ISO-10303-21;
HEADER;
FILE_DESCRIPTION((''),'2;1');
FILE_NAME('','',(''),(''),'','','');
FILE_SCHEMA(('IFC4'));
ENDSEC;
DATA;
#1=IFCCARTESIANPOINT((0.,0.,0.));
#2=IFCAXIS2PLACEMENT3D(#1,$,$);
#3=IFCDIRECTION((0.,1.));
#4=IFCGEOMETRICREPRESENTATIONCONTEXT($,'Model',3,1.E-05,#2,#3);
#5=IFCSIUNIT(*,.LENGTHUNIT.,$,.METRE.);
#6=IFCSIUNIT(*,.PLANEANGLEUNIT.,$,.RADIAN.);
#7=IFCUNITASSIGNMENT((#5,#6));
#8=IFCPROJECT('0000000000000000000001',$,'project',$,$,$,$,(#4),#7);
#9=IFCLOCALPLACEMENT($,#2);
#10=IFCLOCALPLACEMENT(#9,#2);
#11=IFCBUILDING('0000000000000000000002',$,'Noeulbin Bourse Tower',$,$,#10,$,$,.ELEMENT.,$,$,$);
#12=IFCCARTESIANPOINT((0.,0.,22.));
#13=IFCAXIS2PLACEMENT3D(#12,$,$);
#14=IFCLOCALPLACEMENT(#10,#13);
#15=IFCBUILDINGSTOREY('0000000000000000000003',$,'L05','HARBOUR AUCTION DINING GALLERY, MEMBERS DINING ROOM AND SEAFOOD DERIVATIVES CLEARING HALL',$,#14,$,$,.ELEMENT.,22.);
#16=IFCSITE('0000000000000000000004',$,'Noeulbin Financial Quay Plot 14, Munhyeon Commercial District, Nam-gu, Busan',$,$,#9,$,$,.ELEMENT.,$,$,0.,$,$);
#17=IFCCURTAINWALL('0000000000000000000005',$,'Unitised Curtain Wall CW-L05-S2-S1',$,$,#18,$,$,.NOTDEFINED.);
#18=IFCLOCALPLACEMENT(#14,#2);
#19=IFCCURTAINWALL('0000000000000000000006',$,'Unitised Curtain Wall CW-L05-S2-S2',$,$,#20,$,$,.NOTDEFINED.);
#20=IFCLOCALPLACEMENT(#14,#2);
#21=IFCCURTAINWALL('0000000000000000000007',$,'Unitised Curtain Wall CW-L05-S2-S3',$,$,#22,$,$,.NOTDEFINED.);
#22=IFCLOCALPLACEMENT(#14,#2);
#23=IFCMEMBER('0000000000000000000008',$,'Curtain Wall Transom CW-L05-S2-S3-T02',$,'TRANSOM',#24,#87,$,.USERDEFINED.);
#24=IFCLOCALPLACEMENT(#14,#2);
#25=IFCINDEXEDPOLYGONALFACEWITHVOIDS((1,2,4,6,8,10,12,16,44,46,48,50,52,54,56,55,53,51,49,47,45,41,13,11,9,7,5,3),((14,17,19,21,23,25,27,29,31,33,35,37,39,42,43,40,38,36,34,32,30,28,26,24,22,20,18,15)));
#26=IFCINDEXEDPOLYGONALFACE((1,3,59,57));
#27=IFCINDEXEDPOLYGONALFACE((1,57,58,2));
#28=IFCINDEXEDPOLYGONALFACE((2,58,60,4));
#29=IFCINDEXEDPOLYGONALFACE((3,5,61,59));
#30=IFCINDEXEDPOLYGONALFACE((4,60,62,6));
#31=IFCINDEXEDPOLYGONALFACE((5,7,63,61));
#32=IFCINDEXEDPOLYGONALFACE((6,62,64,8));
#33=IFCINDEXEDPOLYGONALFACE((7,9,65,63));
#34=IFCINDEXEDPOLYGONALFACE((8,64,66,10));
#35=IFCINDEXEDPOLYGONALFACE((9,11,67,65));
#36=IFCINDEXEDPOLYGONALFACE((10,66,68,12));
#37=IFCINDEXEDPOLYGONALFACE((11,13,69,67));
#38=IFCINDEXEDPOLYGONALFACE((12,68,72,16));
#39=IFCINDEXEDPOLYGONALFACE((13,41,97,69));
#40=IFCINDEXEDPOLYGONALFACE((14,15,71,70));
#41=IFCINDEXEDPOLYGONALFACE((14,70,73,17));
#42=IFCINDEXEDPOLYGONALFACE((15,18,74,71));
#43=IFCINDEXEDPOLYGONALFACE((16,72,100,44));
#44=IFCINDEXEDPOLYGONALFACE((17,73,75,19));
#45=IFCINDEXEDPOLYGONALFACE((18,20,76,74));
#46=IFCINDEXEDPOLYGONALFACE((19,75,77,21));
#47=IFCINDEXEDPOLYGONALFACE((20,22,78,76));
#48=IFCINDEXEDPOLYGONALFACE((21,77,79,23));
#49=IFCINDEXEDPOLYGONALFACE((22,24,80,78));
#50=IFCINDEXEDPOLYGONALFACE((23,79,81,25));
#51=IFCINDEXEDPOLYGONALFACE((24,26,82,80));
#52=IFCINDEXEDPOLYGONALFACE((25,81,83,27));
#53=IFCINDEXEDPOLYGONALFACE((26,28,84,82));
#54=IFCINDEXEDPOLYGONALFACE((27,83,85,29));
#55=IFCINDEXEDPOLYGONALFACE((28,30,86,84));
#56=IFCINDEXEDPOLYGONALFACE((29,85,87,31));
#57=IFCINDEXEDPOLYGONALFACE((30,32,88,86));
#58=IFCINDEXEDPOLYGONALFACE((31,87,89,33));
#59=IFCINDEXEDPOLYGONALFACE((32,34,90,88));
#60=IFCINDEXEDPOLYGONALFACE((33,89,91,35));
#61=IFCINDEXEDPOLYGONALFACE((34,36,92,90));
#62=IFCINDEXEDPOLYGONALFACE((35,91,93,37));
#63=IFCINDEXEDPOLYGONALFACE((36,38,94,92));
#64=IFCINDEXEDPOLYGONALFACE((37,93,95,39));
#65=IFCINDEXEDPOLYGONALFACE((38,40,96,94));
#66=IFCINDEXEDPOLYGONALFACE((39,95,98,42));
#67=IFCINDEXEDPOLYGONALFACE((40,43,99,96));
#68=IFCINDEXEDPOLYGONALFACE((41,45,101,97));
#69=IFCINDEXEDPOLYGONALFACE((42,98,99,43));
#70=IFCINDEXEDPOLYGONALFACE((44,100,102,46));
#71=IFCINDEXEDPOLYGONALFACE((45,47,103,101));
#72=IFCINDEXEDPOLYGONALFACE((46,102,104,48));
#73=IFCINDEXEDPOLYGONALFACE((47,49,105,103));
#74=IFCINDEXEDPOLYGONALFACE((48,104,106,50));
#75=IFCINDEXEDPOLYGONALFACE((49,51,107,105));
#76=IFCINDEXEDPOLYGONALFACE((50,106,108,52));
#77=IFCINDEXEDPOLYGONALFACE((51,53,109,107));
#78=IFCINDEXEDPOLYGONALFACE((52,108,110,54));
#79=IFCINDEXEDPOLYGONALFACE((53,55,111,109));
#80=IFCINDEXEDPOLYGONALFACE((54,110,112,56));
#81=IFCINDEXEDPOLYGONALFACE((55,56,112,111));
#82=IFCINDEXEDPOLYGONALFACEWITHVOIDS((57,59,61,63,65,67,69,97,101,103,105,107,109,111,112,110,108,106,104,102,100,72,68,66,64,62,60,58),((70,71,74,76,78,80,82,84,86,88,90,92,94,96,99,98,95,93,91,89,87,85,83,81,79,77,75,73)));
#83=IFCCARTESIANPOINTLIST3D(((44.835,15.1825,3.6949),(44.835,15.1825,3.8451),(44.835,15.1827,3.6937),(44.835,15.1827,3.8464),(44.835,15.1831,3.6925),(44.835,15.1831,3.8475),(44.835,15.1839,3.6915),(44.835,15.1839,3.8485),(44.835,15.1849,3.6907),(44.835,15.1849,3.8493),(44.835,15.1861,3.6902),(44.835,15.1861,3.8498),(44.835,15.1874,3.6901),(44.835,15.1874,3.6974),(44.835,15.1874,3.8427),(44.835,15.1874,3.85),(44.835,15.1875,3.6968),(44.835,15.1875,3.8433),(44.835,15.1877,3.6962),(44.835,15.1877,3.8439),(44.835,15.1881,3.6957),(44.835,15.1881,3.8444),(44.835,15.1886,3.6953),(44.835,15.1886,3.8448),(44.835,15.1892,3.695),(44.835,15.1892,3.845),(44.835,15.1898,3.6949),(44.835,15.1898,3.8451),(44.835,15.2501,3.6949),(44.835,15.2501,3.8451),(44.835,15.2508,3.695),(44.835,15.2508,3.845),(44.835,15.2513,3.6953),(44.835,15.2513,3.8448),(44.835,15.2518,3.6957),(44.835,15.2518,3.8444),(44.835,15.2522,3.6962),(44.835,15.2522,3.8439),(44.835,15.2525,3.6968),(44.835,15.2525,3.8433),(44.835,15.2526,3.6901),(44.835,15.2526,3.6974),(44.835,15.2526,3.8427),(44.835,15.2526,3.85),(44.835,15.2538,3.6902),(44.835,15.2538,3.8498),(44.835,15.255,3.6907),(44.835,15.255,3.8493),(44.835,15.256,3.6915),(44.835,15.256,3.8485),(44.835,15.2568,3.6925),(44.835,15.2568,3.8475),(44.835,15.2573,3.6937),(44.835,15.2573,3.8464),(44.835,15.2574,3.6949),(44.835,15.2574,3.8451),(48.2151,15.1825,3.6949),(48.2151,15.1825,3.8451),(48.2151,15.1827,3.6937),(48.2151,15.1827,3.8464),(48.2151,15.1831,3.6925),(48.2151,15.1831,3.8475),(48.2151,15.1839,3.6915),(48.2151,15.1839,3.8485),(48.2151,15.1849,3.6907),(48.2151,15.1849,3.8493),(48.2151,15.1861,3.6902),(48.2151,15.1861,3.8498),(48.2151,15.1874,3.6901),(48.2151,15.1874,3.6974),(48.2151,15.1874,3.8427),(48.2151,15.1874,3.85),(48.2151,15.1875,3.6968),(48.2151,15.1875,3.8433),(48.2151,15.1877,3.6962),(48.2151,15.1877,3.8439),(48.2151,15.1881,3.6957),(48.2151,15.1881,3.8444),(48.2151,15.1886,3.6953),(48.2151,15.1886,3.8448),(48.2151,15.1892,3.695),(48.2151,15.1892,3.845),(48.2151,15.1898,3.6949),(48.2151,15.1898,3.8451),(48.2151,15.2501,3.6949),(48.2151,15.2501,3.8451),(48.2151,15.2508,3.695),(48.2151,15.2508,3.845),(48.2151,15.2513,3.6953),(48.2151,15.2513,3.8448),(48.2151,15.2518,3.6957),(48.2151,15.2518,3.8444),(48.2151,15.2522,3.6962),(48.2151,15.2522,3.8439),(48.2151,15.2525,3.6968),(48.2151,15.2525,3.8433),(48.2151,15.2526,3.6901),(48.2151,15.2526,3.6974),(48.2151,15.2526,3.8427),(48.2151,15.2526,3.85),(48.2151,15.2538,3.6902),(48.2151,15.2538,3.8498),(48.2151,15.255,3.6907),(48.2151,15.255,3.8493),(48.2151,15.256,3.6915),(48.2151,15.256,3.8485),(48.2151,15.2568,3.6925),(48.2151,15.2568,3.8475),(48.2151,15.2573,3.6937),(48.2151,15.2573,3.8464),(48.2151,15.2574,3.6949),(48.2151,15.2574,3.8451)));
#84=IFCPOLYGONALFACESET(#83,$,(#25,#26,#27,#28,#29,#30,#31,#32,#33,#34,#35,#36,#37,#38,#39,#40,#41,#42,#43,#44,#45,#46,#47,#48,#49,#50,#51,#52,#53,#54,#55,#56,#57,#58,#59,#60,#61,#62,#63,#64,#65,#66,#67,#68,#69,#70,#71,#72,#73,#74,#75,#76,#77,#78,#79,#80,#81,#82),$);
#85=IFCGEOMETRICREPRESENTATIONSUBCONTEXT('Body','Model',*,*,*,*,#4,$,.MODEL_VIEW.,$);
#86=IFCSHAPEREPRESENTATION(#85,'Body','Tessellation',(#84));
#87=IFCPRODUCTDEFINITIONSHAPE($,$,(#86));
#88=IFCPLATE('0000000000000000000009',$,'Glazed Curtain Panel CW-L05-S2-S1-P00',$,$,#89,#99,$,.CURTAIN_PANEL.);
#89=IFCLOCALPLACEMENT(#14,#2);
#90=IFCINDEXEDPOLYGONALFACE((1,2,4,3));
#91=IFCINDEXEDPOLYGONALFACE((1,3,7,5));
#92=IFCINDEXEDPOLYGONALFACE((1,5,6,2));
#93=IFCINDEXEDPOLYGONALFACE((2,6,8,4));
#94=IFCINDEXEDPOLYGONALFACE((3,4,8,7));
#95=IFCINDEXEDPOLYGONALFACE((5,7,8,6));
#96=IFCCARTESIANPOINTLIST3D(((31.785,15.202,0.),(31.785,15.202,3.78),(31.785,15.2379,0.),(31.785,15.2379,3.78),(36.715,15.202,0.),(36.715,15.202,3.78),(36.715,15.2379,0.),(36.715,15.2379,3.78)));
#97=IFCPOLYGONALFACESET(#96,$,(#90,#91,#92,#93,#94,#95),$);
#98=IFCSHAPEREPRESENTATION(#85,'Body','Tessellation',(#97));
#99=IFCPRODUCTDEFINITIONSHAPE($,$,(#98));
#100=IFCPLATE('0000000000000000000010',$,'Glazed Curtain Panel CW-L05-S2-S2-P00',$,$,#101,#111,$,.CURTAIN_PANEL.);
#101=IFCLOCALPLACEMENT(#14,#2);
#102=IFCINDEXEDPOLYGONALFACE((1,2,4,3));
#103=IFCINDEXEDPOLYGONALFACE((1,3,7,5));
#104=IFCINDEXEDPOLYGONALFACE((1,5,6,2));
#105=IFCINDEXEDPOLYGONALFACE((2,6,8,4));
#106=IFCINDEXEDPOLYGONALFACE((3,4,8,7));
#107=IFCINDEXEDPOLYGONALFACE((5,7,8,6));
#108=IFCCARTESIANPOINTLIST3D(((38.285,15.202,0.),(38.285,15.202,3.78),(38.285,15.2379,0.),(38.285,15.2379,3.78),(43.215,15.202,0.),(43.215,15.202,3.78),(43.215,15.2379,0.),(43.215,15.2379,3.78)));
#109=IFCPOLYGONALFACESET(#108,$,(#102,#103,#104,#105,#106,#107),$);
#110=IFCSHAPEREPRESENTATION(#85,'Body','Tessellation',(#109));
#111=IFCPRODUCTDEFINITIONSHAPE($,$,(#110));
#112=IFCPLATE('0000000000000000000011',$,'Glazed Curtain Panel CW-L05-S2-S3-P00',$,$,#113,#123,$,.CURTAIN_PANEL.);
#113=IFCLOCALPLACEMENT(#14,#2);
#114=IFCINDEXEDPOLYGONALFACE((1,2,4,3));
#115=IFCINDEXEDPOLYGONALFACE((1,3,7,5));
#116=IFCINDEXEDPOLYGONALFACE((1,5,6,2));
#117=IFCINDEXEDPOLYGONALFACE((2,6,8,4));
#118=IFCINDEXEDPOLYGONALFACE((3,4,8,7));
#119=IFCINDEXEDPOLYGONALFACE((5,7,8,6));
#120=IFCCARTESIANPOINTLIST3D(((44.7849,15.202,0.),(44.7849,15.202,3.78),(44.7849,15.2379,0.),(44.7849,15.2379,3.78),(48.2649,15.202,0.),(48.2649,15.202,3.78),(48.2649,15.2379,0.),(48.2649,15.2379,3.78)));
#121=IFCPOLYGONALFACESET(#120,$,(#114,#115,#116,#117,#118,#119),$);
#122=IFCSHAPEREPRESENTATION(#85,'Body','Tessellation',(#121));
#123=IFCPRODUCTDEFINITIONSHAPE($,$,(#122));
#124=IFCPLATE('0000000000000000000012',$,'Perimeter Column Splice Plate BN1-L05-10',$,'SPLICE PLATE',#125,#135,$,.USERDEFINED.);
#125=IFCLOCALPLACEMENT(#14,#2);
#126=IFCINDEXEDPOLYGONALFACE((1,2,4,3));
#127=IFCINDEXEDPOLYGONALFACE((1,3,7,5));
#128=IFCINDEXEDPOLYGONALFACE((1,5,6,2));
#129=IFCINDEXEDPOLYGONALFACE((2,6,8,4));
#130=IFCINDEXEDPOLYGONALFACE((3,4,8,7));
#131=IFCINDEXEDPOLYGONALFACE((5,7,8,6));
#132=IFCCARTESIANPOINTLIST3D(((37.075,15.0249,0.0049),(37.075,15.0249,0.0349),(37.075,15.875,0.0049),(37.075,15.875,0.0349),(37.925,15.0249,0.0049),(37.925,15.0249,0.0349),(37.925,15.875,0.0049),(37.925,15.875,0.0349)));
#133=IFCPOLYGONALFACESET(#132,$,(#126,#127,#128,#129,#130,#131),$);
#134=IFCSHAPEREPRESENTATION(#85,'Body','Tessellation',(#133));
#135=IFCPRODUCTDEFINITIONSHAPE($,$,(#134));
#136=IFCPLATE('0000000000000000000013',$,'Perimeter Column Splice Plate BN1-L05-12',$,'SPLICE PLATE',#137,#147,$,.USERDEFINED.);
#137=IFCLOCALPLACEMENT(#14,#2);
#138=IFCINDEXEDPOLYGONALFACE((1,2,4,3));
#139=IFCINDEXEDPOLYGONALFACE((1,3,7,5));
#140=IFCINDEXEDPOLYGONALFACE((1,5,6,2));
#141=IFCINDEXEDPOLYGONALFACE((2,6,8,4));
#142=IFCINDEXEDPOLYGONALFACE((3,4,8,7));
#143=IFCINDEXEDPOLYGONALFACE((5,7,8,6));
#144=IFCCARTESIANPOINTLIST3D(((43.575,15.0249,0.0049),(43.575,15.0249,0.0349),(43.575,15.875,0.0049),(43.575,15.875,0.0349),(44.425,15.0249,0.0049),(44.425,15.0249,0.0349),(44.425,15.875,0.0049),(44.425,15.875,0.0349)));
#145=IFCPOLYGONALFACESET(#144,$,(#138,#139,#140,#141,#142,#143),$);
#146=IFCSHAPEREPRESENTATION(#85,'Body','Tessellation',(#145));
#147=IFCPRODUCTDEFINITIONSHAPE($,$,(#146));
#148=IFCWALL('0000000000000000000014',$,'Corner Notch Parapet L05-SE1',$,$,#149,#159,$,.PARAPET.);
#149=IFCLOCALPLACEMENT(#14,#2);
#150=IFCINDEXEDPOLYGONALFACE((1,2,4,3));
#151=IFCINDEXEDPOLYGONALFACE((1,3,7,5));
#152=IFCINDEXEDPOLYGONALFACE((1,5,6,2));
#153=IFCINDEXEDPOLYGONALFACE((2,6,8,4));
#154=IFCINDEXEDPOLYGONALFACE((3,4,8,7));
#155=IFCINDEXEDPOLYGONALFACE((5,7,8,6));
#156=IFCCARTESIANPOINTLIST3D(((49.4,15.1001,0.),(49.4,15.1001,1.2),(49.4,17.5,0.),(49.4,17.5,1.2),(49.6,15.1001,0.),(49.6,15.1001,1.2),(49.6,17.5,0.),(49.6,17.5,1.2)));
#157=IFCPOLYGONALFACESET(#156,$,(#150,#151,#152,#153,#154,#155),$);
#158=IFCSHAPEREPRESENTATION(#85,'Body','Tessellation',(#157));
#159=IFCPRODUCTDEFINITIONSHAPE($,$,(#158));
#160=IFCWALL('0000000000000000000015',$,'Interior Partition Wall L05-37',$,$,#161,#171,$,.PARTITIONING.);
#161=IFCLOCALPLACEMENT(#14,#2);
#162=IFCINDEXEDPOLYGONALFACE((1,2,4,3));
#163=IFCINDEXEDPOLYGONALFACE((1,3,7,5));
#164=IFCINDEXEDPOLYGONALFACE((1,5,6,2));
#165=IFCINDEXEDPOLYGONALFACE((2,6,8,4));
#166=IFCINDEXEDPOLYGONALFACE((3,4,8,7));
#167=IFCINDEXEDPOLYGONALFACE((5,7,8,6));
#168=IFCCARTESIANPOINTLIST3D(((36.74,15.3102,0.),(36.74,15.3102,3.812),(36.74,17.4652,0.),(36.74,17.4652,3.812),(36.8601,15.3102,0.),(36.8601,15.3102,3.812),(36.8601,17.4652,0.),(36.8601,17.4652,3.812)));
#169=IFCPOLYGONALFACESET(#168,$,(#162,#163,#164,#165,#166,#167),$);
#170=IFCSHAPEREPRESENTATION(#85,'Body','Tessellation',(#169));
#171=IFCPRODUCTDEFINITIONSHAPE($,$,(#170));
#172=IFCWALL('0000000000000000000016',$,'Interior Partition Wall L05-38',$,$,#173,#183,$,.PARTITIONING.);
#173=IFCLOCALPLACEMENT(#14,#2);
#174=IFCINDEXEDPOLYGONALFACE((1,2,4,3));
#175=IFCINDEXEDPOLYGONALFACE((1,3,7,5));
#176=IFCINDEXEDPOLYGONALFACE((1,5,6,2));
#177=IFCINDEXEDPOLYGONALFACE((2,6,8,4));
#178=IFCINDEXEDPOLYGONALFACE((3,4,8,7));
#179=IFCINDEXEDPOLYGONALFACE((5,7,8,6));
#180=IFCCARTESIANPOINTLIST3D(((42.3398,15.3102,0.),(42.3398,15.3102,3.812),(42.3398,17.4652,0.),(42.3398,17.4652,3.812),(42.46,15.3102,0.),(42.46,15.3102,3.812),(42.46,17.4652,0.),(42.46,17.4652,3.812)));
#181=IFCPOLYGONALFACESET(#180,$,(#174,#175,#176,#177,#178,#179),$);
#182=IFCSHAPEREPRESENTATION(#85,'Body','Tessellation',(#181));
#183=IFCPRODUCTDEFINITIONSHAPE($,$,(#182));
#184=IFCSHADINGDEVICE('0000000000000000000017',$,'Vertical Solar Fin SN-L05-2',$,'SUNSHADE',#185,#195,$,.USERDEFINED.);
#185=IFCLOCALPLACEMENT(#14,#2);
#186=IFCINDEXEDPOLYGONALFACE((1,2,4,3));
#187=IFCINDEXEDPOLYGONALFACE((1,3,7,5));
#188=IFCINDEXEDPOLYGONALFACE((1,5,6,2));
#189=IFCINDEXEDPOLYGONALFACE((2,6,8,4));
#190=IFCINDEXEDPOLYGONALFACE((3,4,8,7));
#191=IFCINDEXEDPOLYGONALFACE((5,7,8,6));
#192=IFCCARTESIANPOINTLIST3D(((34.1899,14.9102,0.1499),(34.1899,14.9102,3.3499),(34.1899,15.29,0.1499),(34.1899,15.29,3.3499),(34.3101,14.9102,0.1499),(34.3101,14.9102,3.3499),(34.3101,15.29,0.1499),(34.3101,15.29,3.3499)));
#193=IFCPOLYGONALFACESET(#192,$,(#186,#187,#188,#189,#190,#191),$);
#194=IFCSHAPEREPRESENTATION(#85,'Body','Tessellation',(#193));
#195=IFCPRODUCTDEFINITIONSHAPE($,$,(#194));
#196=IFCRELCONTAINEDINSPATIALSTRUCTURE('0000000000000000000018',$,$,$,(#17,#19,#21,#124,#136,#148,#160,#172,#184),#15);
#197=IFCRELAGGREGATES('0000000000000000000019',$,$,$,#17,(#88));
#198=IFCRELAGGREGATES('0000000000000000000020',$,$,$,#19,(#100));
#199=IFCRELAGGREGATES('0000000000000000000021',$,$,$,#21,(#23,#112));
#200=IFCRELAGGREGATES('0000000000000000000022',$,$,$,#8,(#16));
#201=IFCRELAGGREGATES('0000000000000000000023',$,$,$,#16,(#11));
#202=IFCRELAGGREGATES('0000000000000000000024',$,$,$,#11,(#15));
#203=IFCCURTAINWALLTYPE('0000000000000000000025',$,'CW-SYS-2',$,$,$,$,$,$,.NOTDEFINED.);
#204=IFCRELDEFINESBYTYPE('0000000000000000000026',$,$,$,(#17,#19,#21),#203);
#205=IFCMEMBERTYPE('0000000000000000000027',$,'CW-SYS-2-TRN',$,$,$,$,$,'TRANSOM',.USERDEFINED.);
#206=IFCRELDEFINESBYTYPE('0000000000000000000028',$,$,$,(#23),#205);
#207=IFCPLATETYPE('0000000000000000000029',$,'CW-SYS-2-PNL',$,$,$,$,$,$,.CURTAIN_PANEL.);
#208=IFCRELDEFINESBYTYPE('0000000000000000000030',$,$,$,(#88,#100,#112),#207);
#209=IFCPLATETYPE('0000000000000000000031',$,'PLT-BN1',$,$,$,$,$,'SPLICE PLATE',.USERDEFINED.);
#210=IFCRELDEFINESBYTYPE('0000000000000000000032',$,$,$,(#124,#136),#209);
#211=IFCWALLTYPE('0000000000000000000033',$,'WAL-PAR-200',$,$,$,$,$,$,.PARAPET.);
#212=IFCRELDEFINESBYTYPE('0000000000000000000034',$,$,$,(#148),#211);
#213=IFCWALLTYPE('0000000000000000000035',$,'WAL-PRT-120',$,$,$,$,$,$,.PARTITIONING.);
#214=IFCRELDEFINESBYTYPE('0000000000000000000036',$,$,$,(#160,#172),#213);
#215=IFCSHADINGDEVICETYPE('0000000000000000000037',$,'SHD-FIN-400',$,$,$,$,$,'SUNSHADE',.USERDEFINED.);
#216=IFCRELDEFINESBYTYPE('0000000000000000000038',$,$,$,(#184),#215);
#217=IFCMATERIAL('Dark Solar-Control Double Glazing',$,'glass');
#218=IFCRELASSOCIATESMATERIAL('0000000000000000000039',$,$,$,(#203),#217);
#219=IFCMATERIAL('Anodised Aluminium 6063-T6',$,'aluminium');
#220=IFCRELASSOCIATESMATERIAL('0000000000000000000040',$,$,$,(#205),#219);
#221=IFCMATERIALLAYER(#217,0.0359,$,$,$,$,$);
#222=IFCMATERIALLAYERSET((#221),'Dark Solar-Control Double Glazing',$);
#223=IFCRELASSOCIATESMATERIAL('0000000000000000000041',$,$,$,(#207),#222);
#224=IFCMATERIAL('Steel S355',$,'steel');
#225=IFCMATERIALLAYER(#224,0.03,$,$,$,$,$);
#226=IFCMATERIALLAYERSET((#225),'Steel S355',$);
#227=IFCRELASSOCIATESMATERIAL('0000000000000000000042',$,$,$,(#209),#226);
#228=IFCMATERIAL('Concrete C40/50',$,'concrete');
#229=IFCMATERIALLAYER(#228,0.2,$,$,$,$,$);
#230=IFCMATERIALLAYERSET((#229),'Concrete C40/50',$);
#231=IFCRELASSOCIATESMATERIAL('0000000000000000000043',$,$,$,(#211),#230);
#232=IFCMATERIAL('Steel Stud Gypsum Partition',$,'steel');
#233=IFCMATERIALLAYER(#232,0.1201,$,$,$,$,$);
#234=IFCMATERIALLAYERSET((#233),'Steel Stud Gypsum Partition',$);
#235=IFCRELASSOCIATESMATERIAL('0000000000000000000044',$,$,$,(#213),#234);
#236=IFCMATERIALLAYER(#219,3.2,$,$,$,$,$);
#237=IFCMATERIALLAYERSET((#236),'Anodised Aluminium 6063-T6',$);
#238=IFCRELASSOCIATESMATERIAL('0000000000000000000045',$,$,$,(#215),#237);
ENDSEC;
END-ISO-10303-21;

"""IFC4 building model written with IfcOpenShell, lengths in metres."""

from ifc_helpers import new_model, si_unit, direction, frame, frame_2d, origin, origin_2d, place, context, subcontext, project, spatial, rectangle, hollow_rectangle, extrude, material, layer, layer_set, material_profile, profile_set, type_object, element, aggregate, save


model = new_model("IFC4")

# Units and contexts
model_context = context("Model", 3, precision=1e-05, world=origin(), true_north=direction((0.0, 1.0)))
body_context = subcontext(model_context, "Body", "Model", "MODEL_VIEW")
ifc_project = project(units=[si_unit("LENGTHUNIT", "METRE"), si_unit("PLANEANGLEUNIT", "RADIAN")], contexts=[model_context])

# Site, building, storey
site_placement = place(None, origin())
site = spatial("IfcSite", under=ifc_project, at=site_placement, Name="Noeulbin Financial Quay Plot 14, Munhyeon Commercial District, Nam-gu, Busan", CompositionType="ELEMENT", RefElevation=0.0)
building_placement = place(site_placement, origin())
building = spatial("IfcBuilding", under=site, at=building_placement, Name="Noeulbin Bourse Tower", CompositionType="ELEMENT")
storey_placement = place(building_placement, frame((0.0, 0.0, 22.0)))
storey = spatial("IfcBuildingStorey", under=building, at=storey_placement, Name="L05", Description="HARBOUR AUCTION DINING GALLERY, MEMBERS DINING ROOM AND SEAFOOD DERIVATIVES CLEARING HALL", CompositionType="ELEMENT", Elevation=22.0)

# Shared definitions
ifc_material_1 = material(Name="Steel S355", Category="steel")

# Curtain wall
ifc_material_2 = material(Name="Dark Solar-Control Double Glazing", Category="glass")
curtain_wall_type = type_object("IfcCurtainWallType", Name="CW-SYS-2", PredefinedType="NOTDEFINED", material=ifc_material_2)
curtain_wall_1_placement = place(storey_placement, origin())
curtain_wall_1 = element("IfcCurtainWall", 1, at=curtain_wall_1_placement, inside=storey, type_object=curtain_wall_type, Name="Unitised Curtain Wall CW-L05-S2-S1", PredefinedType="NOTDEFINED")
ifc_material_3 = material(Name="Anodised Aluminium 6063-T6", Category="aluminium")

# Curtain walls
curtain_wall_2_placement = place(storey_placement, origin())
curtain_wall_2 = element("IfcCurtainWall", 2, at=curtain_wall_2_placement, inside=storey, type_object=curtain_wall_type, Name="Unitised Curtain Wall CW-L05-S2-S2", PredefinedType="NOTDEFINED")
curtain_wall_3_placement = place(storey_placement, origin())
curtain_wall_3 = element("IfcCurtainWall", 3, at=curtain_wall_3_placement, inside=storey, type_object=curtain_wall_type, Name="Unitised Curtain Wall CW-L05-S2-S3", PredefinedType="NOTDEFINED")

# Member
ifc_material_profile_1 = material_profile(ifc_material_3, hollow_rectangle(XDim=0.075, YDim=0.1599, WallThickness=0.0049, InnerFilletRadius=0.0024, OuterFilletRadius=0.0049, at=origin_2d()), Name="ALU-TRAN-75x160x5", Category="LoadBearing")
ifc_profile_set_1 = profile_set([ifc_material_profile_1], Name="Anodised Aluminium 6063-T6")
member_type_1 = type_object("IfcMemberType", Name="CW-SYS-2-TRN", ElementType="TRANSOM", PredefinedType="USERDEFINED", material=ifc_profile_set_1)
member_1_placement = place(storey_placement, frame((44.835, 15.22, 3.77), z_axis=(1.0, 0.0, 0.0), x_axis=(0.0, 1.0, 0.0)))
member_1 = element("IfcMember", 4, at=member_1_placement, type_object=member_type_1, Name="Curtain Wall Transom CW-L05-S2-S3-T02", ObjectType="TRANSOM", PredefinedType="USERDEFINED", context=body_context, shape_type="SweptSolid", body=[
    extrude(hollow_rectangle(XDim=0.075, YDim=0.1599, WallThickness=0.0049, InnerFilletRadius=0.0024, OuterFilletRadius=0.0049, at=origin_2d()), origin(), (0.0, 0.0, 1.0), 3.3801),
])

# Plates
ifc_layer_1 = layer(ifc_material_2, 0.0359)
ifc_layer_set_1 = layer_set([ifc_layer_1], Name="Dark Solar-Control Double Glazing")
plate_type_1 = type_object("IfcPlateType", Name="CW-SYS-2-PNL", PredefinedType="CURTAIN_PANEL", material=ifc_layer_set_1)
plate_1_placement = place(storey_placement, frame((34.25, 15.22, 0.0), z_axis=(0.0, 0.0, 1.0), x_axis=(1.0, 0.0, 0.0)))
plate_1 = element("IfcPlate", 5, at=plate_1_placement, type_object=plate_type_1, Name="Glazed Curtain Panel CW-L05-S2-S1-P00", PredefinedType="CURTAIN_PANEL", context=body_context, shape_type="SweptSolid", body=[
    extrude(rectangle(XDim=4.9299, YDim=0.0359, at=origin_2d()), origin(), (0.0, 0.0, 1.0), 3.78),
])
aggregate(curtain_wall_1, [plate_1])
plate_2_placement = place(storey_placement, frame((40.75, 15.22, 0.0), z_axis=(0.0, 0.0, 1.0), x_axis=(1.0, 0.0, 0.0)))
plate_2 = element("IfcPlate", 6, at=plate_2_placement, type_object=plate_type_1, Name="Glazed Curtain Panel CW-L05-S2-S2-P00", PredefinedType="CURTAIN_PANEL", context=body_context, shape_type="SweptSolid", body=[
    extrude(rectangle(XDim=4.9299, YDim=0.0359, at=origin_2d()), origin(), (0.0, 0.0, 1.0), 3.78),
])
aggregate(curtain_wall_2, [plate_2])
plate_3_placement = place(storey_placement, frame((46.5249, 15.22, 0.0), z_axis=(0.0, 0.0, 1.0), x_axis=(1.0, 0.0, 0.0)))
plate_3 = element("IfcPlate", 7, at=plate_3_placement, type_object=plate_type_1, Name="Glazed Curtain Panel CW-L05-S2-S3-P00", PredefinedType="CURTAIN_PANEL", context=body_context, shape_type="SweptSolid", body=[
    extrude(rectangle(XDim=3.48, YDim=0.0359, at=origin_2d()), origin(), (0.0, 0.0, 1.0), 3.78),
])
aggregate(curtain_wall_3, [member_1, plate_3])

# Plates
ifc_layer_2 = layer(ifc_material_1, 0.03)
ifc_layer_set_2 = layer_set([ifc_layer_2], Name="Steel S355")
plate_type_2 = type_object("IfcPlateType", Name="PLT-BN1", ElementType="SPLICE PLATE", PredefinedType="USERDEFINED", material=ifc_layer_set_2)
for number, where, z_axis, x_axis, name in (
    (8, (37.5, 15.45, 0.0049), (0.0, 0.0, 1.0), (1.0, 0.0, 0.0), "Perimeter Column Splice Plate BN1-L05-10"),
    (9, (44.0, 15.45, 0.0049), (0.0, 0.0, 1.0), (1.0, 0.0, 0.0), "Perimeter Column Splice Plate BN1-L05-12"),
):
    element("IfcPlate", number, at=place(storey_placement, frame(where, z_axis=z_axis, x_axis=x_axis)), inside=storey, type_object=plate_type_2, Name=name, ObjectType="SPLICE PLATE", PredefinedType="USERDEFINED", context=body_context, shape_type="SweptSolid", body=[
        extrude(rectangle(XDim=0.8501, YDim=0.8501, at=origin_2d()), origin(), (0.0, 0.0, 1.0), 0.03),
    ])

# Walls
ifc_material_4 = material(Name="Concrete C40/50", Category="concrete")
ifc_layer_3 = layer(ifc_material_4, 0.2)
ifc_layer_set_3 = layer_set([ifc_layer_3], Name="Concrete C40/50")
wall_type_1 = type_object("IfcWallType", Name="WAL-PAR-200", PredefinedType="PARAPET", material=ifc_layer_set_3)
wall_placement = place(storey_placement, frame((49.5, 15.1001, 0.0), z_axis=(0.0, 0.0, 1.0), x_axis=(0.0, 1.0, 0.0)))
element("IfcWall", 10, at=wall_placement, inside=storey, type_object=wall_type_1, Name="Corner Notch Parapet L05-SE1", PredefinedType="PARAPET", context=body_context, shape_type="SweptSolid", body=[
    extrude(rectangle(XDim=2.3999, YDim=0.2, at=frame_2d((1.2, 0.0))), origin(), (0.0, 0.0, 1.0), 1.2),
])
ifc_material_5 = material(Name="Steel Stud Gypsum Partition", Category="steel")
ifc_layer_4 = layer(ifc_material_5, 0.1201)
ifc_layer_set_4 = layer_set([ifc_layer_4], Name="Steel Stud Gypsum Partition")
wall_type_2 = type_object("IfcWallType", Name="WAL-PRT-120", PredefinedType="PARTITIONING", material=ifc_layer_set_4)
for number, where, z_axis, x_axis, name in (
    (11, (36.8, 15.3101, 0.0), (0.0, 0.0, 1.0), (0.0, 1.0, 0.0), "Interior Partition Wall L05-37"),
    (12, (42.3999, 15.3101, 0.0), (0.0, 0.0, 1.0), (0.0, 1.0, 0.0), "Interior Partition Wall L05-38"),
):
    element("IfcWall", number, at=place(storey_placement, frame(where, z_axis=z_axis, x_axis=x_axis)), inside=storey, type_object=wall_type_2, Name=name, PredefinedType="PARTITIONING", context=body_context, shape_type="SweptSolid", body=[
        extrude(rectangle(XDim=2.155, YDim=0.1201, at=frame_2d((1.0776, 0.0))), origin(), (0.0, 0.0, 1.0), 3.812),
    ])

# Shading device
ifc_layer_5 = layer(ifc_material_3, 3.2)
ifc_layer_set_5 = layer_set([ifc_layer_5], Name="Anodised Aluminium 6063-T6")
shading_device_type = type_object("IfcShadingDeviceType", Name="SHD-FIN-400", ElementType="SUNSHADE", PredefinedType="USERDEFINED", material=ifc_layer_set_5)
shading_device_placement = place(storey_placement, frame((34.25, 15.1001, 0.1499), z_axis=(0.0, 0.0, 1.0), x_axis=(1.0, 0.0, 0.0)))
element("IfcShadingDevice", 13, at=shading_device_placement, inside=storey, type_object=shading_device_type, Name="Vertical Solar Fin SN-L05-2", ObjectType="SUNSHADE", PredefinedType="USERDEFINED", context=body_context, shape_type="SweptSolid", body=[
    extrude(rectangle(XDim=0.1201, YDim=0.3799, at=origin_2d()), origin(), (0.0, 0.0, 1.0), 3.2),
])

save(model, "model.ifc")
